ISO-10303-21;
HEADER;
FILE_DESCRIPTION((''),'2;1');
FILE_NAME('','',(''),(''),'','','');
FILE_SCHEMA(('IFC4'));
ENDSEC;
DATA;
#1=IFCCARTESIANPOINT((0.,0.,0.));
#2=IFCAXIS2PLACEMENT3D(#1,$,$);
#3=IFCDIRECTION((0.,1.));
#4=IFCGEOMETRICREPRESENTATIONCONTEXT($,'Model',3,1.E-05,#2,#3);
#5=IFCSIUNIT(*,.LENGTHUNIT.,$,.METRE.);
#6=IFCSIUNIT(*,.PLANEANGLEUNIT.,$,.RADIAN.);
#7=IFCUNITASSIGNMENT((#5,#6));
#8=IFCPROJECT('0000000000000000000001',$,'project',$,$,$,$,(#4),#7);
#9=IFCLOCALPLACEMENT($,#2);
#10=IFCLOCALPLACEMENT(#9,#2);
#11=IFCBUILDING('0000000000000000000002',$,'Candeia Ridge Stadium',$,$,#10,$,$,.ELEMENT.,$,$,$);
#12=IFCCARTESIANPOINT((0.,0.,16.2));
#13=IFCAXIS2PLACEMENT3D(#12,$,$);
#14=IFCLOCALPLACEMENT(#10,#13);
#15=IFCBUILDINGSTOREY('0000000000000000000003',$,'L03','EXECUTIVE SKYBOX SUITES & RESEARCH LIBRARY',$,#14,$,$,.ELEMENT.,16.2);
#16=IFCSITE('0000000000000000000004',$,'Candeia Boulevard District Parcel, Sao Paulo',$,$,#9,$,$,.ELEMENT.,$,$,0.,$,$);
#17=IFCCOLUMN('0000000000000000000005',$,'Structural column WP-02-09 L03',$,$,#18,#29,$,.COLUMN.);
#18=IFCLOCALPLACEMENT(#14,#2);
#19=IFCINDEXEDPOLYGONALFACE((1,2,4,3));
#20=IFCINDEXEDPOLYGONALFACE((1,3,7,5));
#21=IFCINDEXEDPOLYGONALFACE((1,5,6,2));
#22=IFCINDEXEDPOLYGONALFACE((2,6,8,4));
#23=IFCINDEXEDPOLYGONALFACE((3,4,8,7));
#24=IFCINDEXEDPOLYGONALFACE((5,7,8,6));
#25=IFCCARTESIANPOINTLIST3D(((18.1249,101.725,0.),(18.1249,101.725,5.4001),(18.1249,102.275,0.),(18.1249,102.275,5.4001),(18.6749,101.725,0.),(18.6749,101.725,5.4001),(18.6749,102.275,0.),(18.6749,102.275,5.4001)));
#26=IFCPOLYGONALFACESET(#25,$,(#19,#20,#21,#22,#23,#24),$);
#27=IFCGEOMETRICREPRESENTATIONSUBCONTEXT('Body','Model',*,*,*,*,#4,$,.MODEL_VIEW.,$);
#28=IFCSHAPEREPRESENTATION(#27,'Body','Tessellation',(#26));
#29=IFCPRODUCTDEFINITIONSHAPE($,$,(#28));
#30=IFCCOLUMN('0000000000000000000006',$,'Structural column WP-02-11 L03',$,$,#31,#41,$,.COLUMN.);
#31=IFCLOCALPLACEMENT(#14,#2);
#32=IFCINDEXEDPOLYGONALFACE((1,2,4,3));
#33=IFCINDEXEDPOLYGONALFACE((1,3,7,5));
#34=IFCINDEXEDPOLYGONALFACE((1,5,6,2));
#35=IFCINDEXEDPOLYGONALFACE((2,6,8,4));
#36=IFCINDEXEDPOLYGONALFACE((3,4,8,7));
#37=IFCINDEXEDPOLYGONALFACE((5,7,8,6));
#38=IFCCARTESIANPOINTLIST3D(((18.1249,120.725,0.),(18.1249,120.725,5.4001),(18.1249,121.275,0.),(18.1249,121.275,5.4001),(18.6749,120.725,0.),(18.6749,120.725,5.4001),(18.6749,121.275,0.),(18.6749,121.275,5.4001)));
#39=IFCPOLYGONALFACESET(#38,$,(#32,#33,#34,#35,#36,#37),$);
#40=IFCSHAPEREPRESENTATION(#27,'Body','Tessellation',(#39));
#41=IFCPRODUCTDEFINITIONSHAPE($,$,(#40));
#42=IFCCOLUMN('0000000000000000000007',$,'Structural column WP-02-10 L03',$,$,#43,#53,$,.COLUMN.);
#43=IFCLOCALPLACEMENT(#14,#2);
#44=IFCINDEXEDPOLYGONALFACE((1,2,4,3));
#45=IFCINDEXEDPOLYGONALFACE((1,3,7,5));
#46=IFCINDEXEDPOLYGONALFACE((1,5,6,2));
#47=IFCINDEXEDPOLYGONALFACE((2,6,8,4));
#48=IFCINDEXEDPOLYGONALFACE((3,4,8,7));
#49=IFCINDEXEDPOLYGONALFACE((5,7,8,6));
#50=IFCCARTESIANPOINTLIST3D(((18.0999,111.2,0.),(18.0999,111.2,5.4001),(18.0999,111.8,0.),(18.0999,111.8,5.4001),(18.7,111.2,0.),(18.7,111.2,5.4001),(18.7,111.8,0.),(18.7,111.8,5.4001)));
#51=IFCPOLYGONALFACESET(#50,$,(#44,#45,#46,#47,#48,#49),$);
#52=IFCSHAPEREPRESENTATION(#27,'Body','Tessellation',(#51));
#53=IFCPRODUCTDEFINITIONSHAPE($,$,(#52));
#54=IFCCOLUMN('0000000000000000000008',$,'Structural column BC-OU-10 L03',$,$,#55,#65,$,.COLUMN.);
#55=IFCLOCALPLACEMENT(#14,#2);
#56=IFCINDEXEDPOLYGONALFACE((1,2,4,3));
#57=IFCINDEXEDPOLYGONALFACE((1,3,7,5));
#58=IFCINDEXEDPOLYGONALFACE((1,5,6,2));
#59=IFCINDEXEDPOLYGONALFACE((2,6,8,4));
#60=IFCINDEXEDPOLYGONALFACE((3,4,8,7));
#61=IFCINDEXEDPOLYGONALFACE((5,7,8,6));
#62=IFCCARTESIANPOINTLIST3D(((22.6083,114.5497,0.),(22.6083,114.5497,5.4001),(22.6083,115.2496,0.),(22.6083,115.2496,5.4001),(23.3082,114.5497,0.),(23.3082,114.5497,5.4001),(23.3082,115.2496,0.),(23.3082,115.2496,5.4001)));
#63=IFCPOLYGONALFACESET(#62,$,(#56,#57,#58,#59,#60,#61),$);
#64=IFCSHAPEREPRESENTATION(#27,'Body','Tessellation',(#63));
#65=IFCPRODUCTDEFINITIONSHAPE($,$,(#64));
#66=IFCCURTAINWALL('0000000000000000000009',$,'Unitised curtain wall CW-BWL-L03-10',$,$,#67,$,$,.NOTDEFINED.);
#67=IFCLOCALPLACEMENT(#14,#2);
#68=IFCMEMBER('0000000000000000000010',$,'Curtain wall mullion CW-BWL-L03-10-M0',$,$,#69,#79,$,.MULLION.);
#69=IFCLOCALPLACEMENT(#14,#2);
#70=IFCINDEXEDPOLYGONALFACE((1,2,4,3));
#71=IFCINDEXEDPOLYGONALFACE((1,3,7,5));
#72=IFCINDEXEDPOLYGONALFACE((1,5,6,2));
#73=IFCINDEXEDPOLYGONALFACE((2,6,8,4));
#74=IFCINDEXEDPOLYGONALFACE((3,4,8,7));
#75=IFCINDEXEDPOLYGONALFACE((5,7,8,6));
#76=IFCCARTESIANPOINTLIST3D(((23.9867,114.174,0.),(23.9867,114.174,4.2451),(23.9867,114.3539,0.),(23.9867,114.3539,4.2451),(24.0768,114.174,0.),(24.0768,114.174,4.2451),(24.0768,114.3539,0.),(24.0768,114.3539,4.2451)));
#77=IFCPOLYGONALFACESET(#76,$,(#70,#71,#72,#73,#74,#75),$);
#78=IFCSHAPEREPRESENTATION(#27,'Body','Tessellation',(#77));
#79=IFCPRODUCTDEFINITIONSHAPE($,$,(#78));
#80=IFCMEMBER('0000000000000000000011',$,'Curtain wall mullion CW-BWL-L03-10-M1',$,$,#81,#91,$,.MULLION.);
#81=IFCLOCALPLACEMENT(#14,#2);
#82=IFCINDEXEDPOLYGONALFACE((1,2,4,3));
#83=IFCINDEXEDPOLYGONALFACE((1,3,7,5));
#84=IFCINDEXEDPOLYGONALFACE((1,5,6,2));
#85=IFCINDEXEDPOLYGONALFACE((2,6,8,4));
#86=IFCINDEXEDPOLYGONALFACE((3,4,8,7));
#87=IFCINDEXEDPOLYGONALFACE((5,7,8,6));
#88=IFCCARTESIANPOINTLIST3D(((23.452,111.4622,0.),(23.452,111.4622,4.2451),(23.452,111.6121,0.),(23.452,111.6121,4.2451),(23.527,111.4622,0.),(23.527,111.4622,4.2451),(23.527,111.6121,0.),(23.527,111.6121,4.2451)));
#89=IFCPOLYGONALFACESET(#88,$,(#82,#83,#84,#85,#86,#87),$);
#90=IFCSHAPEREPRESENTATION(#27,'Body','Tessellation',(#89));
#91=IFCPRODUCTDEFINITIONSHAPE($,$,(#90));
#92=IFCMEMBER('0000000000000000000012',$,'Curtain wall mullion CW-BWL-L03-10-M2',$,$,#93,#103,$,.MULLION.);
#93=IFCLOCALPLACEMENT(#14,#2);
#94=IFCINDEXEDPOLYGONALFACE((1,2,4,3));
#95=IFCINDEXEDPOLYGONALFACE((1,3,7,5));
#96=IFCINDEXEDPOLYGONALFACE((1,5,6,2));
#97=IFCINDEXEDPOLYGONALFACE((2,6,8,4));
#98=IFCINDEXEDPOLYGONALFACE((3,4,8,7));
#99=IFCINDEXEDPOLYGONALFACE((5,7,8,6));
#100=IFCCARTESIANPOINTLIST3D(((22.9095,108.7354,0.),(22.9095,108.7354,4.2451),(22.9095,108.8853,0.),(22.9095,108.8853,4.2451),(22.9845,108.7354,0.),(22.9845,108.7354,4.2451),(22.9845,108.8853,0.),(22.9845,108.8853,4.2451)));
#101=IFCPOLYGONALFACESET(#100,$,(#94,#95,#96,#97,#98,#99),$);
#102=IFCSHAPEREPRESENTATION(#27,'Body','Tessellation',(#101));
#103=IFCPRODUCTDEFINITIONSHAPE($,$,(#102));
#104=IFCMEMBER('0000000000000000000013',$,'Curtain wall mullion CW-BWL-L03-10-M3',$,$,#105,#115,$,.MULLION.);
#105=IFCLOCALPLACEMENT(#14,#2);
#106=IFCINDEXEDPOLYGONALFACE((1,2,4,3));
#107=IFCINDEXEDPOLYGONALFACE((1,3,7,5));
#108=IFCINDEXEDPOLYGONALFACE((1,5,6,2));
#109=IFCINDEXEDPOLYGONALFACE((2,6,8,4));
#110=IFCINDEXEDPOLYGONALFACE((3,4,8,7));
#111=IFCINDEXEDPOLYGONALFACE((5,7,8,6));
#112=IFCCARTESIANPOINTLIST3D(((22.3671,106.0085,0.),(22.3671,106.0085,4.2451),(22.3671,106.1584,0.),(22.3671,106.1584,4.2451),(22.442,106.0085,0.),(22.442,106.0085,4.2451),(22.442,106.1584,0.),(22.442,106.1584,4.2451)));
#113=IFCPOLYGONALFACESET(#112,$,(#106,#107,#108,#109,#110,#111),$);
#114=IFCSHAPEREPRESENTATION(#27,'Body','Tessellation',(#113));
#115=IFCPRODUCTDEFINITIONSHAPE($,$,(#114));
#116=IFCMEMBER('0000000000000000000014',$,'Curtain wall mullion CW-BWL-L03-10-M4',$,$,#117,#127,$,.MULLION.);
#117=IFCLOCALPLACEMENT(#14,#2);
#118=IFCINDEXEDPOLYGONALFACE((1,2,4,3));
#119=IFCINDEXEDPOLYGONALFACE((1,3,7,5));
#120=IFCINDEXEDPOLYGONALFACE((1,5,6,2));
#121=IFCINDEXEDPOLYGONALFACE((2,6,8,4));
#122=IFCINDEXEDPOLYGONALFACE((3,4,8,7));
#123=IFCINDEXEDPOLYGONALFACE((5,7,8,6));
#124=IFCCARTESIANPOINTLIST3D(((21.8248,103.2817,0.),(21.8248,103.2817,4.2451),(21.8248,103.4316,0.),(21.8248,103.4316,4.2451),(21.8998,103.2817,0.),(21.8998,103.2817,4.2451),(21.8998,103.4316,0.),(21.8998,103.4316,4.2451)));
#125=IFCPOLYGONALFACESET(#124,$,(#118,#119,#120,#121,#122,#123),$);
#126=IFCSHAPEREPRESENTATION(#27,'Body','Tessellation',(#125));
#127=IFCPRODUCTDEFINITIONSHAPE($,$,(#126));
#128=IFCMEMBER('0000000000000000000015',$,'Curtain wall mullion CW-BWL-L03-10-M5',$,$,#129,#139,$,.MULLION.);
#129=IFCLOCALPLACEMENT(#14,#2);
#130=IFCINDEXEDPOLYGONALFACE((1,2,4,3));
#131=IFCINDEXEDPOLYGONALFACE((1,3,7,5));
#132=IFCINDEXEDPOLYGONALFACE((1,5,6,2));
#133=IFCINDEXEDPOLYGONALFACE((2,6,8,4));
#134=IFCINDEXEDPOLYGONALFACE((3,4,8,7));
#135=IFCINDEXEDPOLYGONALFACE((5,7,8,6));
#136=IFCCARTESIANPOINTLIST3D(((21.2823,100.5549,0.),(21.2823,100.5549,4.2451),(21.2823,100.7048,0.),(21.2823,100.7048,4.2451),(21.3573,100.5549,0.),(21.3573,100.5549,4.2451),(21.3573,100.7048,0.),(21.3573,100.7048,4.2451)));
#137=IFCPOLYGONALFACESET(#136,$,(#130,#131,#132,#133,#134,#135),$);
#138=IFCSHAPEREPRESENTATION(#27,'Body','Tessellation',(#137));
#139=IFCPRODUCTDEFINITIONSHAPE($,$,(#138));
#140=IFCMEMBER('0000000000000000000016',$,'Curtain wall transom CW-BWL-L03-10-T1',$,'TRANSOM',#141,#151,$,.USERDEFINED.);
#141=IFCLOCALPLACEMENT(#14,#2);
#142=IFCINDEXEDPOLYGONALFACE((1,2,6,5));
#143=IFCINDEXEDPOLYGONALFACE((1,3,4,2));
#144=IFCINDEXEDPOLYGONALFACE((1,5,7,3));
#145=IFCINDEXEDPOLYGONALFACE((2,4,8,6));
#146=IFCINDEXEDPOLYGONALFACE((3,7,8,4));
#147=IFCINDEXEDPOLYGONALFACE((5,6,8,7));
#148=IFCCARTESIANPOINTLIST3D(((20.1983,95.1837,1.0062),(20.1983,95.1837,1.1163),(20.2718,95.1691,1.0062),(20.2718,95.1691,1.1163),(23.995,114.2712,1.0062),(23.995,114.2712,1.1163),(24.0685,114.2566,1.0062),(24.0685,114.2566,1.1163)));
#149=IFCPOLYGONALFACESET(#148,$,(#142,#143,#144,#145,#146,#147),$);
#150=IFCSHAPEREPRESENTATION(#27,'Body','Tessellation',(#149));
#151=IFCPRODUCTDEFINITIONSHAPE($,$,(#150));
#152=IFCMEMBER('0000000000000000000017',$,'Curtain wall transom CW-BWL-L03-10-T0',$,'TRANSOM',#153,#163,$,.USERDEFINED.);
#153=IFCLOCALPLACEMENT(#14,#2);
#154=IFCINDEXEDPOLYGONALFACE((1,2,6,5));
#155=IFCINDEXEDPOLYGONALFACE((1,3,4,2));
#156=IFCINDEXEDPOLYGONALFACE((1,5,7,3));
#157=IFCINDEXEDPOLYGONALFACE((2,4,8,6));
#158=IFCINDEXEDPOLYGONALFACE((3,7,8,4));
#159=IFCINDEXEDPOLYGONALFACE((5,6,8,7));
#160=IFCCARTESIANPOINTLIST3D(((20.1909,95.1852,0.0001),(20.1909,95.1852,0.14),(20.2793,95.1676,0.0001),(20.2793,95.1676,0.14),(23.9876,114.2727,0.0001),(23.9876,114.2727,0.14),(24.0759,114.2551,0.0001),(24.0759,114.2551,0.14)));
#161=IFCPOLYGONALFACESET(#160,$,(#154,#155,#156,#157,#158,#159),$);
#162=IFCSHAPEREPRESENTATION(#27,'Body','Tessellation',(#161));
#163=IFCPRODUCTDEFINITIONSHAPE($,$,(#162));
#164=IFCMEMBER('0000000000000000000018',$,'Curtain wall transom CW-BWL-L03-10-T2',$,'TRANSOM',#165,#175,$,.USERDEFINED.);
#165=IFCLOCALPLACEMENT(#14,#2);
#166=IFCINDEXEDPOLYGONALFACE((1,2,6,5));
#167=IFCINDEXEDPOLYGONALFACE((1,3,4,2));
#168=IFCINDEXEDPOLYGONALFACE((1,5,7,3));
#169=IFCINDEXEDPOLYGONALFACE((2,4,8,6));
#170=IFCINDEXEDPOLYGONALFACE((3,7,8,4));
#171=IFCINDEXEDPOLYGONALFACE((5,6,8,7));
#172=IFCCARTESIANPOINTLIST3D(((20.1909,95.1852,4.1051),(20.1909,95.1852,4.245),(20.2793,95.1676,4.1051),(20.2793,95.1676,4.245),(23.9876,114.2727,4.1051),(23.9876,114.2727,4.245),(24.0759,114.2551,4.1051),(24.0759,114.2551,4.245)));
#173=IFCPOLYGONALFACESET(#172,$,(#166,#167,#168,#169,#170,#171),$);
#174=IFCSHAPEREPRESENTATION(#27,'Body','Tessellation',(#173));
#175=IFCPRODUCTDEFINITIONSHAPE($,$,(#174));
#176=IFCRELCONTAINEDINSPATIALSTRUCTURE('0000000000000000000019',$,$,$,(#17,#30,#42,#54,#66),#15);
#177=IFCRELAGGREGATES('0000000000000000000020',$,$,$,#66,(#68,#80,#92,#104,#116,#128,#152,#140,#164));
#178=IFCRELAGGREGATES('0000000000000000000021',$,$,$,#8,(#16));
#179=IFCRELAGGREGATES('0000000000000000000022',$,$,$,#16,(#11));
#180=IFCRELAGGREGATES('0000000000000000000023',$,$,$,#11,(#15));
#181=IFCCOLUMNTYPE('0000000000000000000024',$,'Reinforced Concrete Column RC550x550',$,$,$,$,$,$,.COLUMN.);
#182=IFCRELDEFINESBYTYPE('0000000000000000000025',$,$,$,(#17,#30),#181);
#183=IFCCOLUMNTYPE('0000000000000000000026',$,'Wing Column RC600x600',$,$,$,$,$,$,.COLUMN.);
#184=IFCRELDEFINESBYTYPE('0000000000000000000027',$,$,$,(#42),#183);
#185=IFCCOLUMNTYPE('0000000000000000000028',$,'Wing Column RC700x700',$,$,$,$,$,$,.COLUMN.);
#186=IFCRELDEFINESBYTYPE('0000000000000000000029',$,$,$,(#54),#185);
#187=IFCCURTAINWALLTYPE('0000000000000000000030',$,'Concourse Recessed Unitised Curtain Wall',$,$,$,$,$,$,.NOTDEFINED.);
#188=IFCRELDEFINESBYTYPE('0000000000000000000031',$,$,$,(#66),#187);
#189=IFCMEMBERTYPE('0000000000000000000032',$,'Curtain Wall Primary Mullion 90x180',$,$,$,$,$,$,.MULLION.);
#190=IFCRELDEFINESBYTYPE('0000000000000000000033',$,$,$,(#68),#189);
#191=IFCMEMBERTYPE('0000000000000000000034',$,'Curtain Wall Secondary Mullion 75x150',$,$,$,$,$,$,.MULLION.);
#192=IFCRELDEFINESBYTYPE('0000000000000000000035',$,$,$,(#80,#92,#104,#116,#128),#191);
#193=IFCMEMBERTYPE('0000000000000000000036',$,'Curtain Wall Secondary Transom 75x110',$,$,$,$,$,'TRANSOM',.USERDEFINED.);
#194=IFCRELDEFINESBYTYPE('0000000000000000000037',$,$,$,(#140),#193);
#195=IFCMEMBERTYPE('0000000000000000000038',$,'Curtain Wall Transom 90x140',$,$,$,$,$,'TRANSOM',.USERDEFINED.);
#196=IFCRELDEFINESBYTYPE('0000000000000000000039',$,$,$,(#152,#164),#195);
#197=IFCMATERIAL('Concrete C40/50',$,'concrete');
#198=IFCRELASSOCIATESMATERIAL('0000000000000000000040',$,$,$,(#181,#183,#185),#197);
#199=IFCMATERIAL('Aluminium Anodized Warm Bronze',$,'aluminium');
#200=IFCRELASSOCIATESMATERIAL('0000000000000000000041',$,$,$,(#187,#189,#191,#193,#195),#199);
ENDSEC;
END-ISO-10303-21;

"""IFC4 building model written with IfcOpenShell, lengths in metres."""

from ifc_helpers import new_model, si_unit, direction, frame, origin, origin_2d, place, context, subcontext, project, spatial, rectangle, extrude, material, material_profile, profile_set, type_object, element, aggregate, save


model = new_model("IFC4")

# Units and contexts
model_context = context("Model", 3, precision=1e-05, world=origin(), true_north=direction((0.0, 1.0)))
body_context = subcontext(model_context, "Body", "Model", "MODEL_VIEW")
ifc_project = project(units=[si_unit("LENGTHUNIT", "METRE"), si_unit("PLANEANGLEUNIT", "RADIAN")], contexts=[model_context])

# Site, building, storey
site_placement = place(None, origin())
site = spatial("IfcSite", under=ifc_project, at=site_placement, Name="Candeia Boulevard District Parcel, Sao Paulo", CompositionType="ELEMENT", RefElevation=0.0)
building_placement = place(site_placement, origin())
building = spatial("IfcBuilding", under=site, at=building_placement, Name="Candeia Ridge Stadium", CompositionType="ELEMENT")
storey_placement = place(building_placement, frame((0.0, 0.0, 16.2)))
storey = spatial("IfcBuildingStorey", under=building, at=storey_placement, Name="L03", Description="EXECUTIVE SKYBOX SUITES & RESEARCH LIBRARY", CompositionType="ELEMENT", Elevation=16.2)

# Columns
ifc_material_1 = material(Name="Concrete C40/50", Category="concrete")
ifc_material_profile_1 = material_profile(ifc_material_1, rectangle(XDim=0.55, YDim=0.55, at=origin_2d()), Name="RC550x550", Category="concrete")
ifc_profile_set_1 = profile_set([ifc_material_profile_1], Name="Concrete C40/50")
column_type_1 = type_object("IfcColumnType", Name="Reinforced Concrete Column RC550x550", PredefinedType="COLUMN", material=ifc_profile_set_1)
for number, where, z_axis, x_axis, name in (
    (1, (18.3999, 102.0, 0.0), (0.0, 0.0, 1.0), (1.0, 0.0, 0.0), "Structural column WP-02-09 L03"),
    (2, (18.3999, 121.0, 0.0), (0.0, 0.0, 1.0), (1.0, 0.0, 0.0), "Structural column WP-02-11 L03"),
):
    element("IfcColumn", number, at=place(storey_placement, frame(where, z_axis=z_axis, x_axis=x_axis)), inside=storey, type_object=column_type_1, Name=name, PredefinedType="COLUMN", context=body_context, shape_type="SweptSolid", body=[
        extrude(rectangle(XDim=0.55, YDim=0.55, at=origin_2d()), origin(), (0.0, 0.0, 1.0), 5.4001),
    ])
ifc_material_profile_2 = material_profile(ifc_material_1, rectangle(XDim=0.6001, YDim=0.6001, at=origin_2d()), Name="RC600x600", Category="concrete")
ifc_profile_set_2 = profile_set([ifc_material_profile_2], Name="Concrete C40/50")
column_type_2 = type_object("IfcColumnType", Name="Wing Column RC600x600", PredefinedType="COLUMN", material=ifc_profile_set_2)
column_1_placement = place(storey_placement, frame((18.3999, 111.5, 0.0), z_axis=(0.0, 0.0, 1.0), x_axis=(1.0, 0.0, 0.0)))
element("IfcColumn", 3, at=column_1_placement, inside=storey, type_object=column_type_2, Name="Structural column WP-02-10 L03", PredefinedType="COLUMN", context=body_context, shape_type="SweptSolid", body=[
    extrude(rectangle(XDim=0.6001, YDim=0.6001, at=origin_2d()), origin(), (0.0, 0.0, 1.0), 5.4001),
])
ifc_material_profile_3 = material_profile(ifc_material_1, rectangle(XDim=0.7, YDim=0.7, at=origin_2d()), Name="RC700x700", Category="concrete")
ifc_profile_set_3 = profile_set([ifc_material_profile_3], Name="Concrete C40/50")
column_type_3 = type_object("IfcColumnType", Name="Wing Column RC700x700", PredefinedType="COLUMN", material=ifc_profile_set_3)
column_2_placement = place(storey_placement, frame((22.9583, 114.8997, 0.0), z_axis=(0.0, 0.0, 1.0), x_axis=(1.0, 0.0, 0.0)))
element("IfcColumn", 4, at=column_2_placement, inside=storey, type_object=column_type_3, Name="Structural column BC-OU-10 L03", PredefinedType="COLUMN", context=body_context, shape_type="SweptSolid", body=[
    extrude(rectangle(XDim=0.7, YDim=0.7, at=origin_2d()), origin(), (0.0, 0.0, 1.0), 5.4001),
])

# Curtain wall, members
ifc_material_2 = material(Name="Aluminium Anodized Warm Bronze", Category="aluminium")
curtain_wall_type = type_object("IfcCurtainWallType", Name="Concourse Recessed Unitised Curtain Wall", PredefinedType="NOTDEFINED", material=ifc_material_2)
curtain_wall_placement = place(storey_placement, origin())
curtain_wall = element("IfcCurtainWall", 5, at=curtain_wall_placement, inside=storey, type_object=curtain_wall_type, Name="Unitised curtain wall CW-BWL-L03-10", PredefinedType="NOTDEFINED")
ifc_material_profile_4 = material_profile(ifc_material_2, rectangle(XDim=0.0901, YDim=0.1799, at=origin_2d()), Name="CWM-90x180", Category="aluminium")
ifc_profile_set_4 = profile_set([ifc_material_profile_4], Name="Aluminium Anodized Warm Bronze")
member_type_1 = type_object("IfcMemberType", Name="Curtain Wall Primary Mullion 90x180", PredefinedType="MULLION", material=ifc_profile_set_4)
member_1_placement = place(storey_placement, frame((24.0317, 114.2639, 0.0), z_axis=(0.0, 0.0, 1.0), x_axis=(1.0, 0.0, 0.0)))
member_1 = element("IfcMember", 6, at=member_1_placement, type_object=member_type_1, Name="Curtain wall mullion CW-BWL-L03-10-M0", PredefinedType="MULLION", context=body_context, shape_type="SweptSolid", body=[
    extrude(rectangle(XDim=0.0901, YDim=0.1799, at=origin_2d()), origin(), (0.0, 0.0, 1.0), 4.2451),
])
ifc_material_profile_5 = material_profile(ifc_material_2, rectangle(XDim=0.075, YDim=0.1499, at=origin_2d()), Name="CWM-75x150", Category="aluminium")
ifc_profile_set_5 = profile_set([ifc_material_profile_5], Name="Aluminium Anodized Warm Bronze")
member_type_2 = type_object("IfcMemberType", Name="Curtain Wall Secondary Mullion 75x150", PredefinedType="MULLION", material=ifc_profile_set_5)
member_2_placement = place(storey_placement, frame((23.4895, 111.5371, 0.0), z_axis=(0.0, 0.0, 1.0), x_axis=(1.0, 0.0, 0.0)))
member_2 = element("IfcMember", 7, at=member_2_placement, type_object=member_type_2, Name="Curtain wall mullion CW-BWL-L03-10-M1", PredefinedType="MULLION", context=body_context, shape_type="SweptSolid", body=[
    extrude(rectangle(XDim=0.075, YDim=0.1499, at=origin_2d()), origin(), (0.0, 0.0, 1.0), 4.2451),
])
member_3_placement = place(storey_placement, frame((22.947, 108.8103, 0.0), z_axis=(0.0, 0.0, 1.0), x_axis=(1.0, 0.0, 0.0)))
member_3 = element("IfcMember", 8, at=member_3_placement, type_object=member_type_2, Name="Curtain wall mullion CW-BWL-L03-10-M2", PredefinedType="MULLION", context=body_context, shape_type="SweptSolid", body=[
    extrude(rectangle(XDim=0.075, YDim=0.1499, at=origin_2d()), origin(), (0.0, 0.0, 1.0), 4.2451),
])
member_4_placement = place(storey_placement, frame((22.4045, 106.0835, 0.0), z_axis=(0.0, 0.0, 1.0), x_axis=(1.0, 0.0, 0.0)))
member_4 = element("IfcMember", 9, at=member_4_placement, type_object=member_type_2, Name="Curtain wall mullion CW-BWL-L03-10-M3", PredefinedType="MULLION", context=body_context, shape_type="SweptSolid", body=[
    extrude(rectangle(XDim=0.075, YDim=0.1499, at=origin_2d()), origin(), (0.0, 0.0, 1.0), 4.2451),
])
member_5_placement = place(storey_placement, frame((21.8623, 103.3567, 0.0), z_axis=(0.0, 0.0, 1.0), x_axis=(1.0, 0.0, 0.0)))
member_5 = element("IfcMember", 10, at=member_5_placement, type_object=member_type_2, Name="Curtain wall mullion CW-BWL-L03-10-M4", PredefinedType="MULLION", context=body_context, shape_type="SweptSolid", body=[
    extrude(rectangle(XDim=0.075, YDim=0.1499, at=origin_2d()), origin(), (0.0, 0.0, 1.0), 4.2451),
])
member_6_placement = place(storey_placement, frame((21.3198, 100.6299, 0.0), z_axis=(0.0, 0.0, 1.0), x_axis=(1.0, 0.0, 0.0)))
member_6 = element("IfcMember", 11, at=member_6_placement, type_object=member_type_2, Name="Curtain wall mullion CW-BWL-L03-10-M5", PredefinedType="MULLION", context=body_context, shape_type="SweptSolid", body=[
    extrude(rectangle(XDim=0.075, YDim=0.1499, at=origin_2d()), origin(), (0.0, 0.0, 1.0), 4.2451),
])
ifc_material_profile_6 = material_profile(ifc_material_2, rectangle(XDim=0.075, YDim=0.1101, at=origin_2d()), Name="CWT-75x110", Category="aluminium")
ifc_profile_set_6 = profile_set([ifc_material_profile_6], Name="Aluminium Anodized Warm Bronze")
member_type_3 = type_object("IfcMemberType", Name="Curtain Wall Secondary Transom 75x110", ElementType="TRANSOM", PredefinedType="USERDEFINED", material=ifc_profile_set_6)
member_7_placement = place(storey_placement, frame((24.0317, 114.2639, 1.0613), z_axis=(-0.195086, -0.980786, 0.0), x_axis=(0.980786, -0.195086, 0.0)))
member_7 = element("IfcMember", 12, at=member_7_placement, type_object=member_type_3, Name="Curtain wall transom CW-BWL-L03-10-T1", ObjectType="TRANSOM", PredefinedType="USERDEFINED", context=body_context, shape_type="SweptSolid", body=[
    extrude(rectangle(XDim=0.075, YDim=0.1101, at=origin_2d()), origin(), (0.0, 0.0, 1.0), 19.4614),
])
ifc_material_profile_7 = material_profile(ifc_material_2, rectangle(XDim=0.0901, YDim=0.1399, at=origin_2d()), Name="CWT-90x140", Category="aluminium")
ifc_profile_set_7 = profile_set([ifc_material_profile_7], Name="Aluminium Anodized Warm Bronze")
member_type_4 = type_object("IfcMemberType", Name="Curtain Wall Transom 90x140", ElementType="TRANSOM", PredefinedType="USERDEFINED", material=ifc_profile_set_7)
member_8_placement = place(storey_placement, frame((24.0317, 114.2639, 0.0701), z_axis=(-0.195086, -0.980786, 0.0), x_axis=(0.980786, -0.195086, 0.0)))
member_8 = element("IfcMember", 13, at=member_8_placement, type_object=member_type_4, Name="Curtain wall transom CW-BWL-L03-10-T0", ObjectType="TRANSOM", PredefinedType="USERDEFINED", context=body_context, shape_type="SweptSolid", body=[
    extrude(rectangle(XDim=0.0901, YDim=0.1399, at=origin_2d()), origin(), (0.0, 0.0, 1.0), 19.4614),
])
member_9_placement = place(storey_placement, frame((24.0317, 114.2639, 4.175), z_axis=(-0.195086, -0.980786, 0.0), x_axis=(0.980786, -0.195086, 0.0)))
member_9 = element("IfcMember", 14, at=member_9_placement, type_object=member_type_4, Name="Curtain wall transom CW-BWL-L03-10-T2", ObjectType="TRANSOM", PredefinedType="USERDEFINED", context=body_context, shape_type="SweptSolid", body=[
    extrude(rectangle(XDim=0.0901, YDim=0.1399, at=origin_2d()), origin(), (0.0, 0.0, 1.0), 19.4614),
])

aggregate(curtain_wall, [member_1, member_2, member_3, member_4, member_5, member_6, member_8, member_7, member_9])

save(model, "model.ifc")
